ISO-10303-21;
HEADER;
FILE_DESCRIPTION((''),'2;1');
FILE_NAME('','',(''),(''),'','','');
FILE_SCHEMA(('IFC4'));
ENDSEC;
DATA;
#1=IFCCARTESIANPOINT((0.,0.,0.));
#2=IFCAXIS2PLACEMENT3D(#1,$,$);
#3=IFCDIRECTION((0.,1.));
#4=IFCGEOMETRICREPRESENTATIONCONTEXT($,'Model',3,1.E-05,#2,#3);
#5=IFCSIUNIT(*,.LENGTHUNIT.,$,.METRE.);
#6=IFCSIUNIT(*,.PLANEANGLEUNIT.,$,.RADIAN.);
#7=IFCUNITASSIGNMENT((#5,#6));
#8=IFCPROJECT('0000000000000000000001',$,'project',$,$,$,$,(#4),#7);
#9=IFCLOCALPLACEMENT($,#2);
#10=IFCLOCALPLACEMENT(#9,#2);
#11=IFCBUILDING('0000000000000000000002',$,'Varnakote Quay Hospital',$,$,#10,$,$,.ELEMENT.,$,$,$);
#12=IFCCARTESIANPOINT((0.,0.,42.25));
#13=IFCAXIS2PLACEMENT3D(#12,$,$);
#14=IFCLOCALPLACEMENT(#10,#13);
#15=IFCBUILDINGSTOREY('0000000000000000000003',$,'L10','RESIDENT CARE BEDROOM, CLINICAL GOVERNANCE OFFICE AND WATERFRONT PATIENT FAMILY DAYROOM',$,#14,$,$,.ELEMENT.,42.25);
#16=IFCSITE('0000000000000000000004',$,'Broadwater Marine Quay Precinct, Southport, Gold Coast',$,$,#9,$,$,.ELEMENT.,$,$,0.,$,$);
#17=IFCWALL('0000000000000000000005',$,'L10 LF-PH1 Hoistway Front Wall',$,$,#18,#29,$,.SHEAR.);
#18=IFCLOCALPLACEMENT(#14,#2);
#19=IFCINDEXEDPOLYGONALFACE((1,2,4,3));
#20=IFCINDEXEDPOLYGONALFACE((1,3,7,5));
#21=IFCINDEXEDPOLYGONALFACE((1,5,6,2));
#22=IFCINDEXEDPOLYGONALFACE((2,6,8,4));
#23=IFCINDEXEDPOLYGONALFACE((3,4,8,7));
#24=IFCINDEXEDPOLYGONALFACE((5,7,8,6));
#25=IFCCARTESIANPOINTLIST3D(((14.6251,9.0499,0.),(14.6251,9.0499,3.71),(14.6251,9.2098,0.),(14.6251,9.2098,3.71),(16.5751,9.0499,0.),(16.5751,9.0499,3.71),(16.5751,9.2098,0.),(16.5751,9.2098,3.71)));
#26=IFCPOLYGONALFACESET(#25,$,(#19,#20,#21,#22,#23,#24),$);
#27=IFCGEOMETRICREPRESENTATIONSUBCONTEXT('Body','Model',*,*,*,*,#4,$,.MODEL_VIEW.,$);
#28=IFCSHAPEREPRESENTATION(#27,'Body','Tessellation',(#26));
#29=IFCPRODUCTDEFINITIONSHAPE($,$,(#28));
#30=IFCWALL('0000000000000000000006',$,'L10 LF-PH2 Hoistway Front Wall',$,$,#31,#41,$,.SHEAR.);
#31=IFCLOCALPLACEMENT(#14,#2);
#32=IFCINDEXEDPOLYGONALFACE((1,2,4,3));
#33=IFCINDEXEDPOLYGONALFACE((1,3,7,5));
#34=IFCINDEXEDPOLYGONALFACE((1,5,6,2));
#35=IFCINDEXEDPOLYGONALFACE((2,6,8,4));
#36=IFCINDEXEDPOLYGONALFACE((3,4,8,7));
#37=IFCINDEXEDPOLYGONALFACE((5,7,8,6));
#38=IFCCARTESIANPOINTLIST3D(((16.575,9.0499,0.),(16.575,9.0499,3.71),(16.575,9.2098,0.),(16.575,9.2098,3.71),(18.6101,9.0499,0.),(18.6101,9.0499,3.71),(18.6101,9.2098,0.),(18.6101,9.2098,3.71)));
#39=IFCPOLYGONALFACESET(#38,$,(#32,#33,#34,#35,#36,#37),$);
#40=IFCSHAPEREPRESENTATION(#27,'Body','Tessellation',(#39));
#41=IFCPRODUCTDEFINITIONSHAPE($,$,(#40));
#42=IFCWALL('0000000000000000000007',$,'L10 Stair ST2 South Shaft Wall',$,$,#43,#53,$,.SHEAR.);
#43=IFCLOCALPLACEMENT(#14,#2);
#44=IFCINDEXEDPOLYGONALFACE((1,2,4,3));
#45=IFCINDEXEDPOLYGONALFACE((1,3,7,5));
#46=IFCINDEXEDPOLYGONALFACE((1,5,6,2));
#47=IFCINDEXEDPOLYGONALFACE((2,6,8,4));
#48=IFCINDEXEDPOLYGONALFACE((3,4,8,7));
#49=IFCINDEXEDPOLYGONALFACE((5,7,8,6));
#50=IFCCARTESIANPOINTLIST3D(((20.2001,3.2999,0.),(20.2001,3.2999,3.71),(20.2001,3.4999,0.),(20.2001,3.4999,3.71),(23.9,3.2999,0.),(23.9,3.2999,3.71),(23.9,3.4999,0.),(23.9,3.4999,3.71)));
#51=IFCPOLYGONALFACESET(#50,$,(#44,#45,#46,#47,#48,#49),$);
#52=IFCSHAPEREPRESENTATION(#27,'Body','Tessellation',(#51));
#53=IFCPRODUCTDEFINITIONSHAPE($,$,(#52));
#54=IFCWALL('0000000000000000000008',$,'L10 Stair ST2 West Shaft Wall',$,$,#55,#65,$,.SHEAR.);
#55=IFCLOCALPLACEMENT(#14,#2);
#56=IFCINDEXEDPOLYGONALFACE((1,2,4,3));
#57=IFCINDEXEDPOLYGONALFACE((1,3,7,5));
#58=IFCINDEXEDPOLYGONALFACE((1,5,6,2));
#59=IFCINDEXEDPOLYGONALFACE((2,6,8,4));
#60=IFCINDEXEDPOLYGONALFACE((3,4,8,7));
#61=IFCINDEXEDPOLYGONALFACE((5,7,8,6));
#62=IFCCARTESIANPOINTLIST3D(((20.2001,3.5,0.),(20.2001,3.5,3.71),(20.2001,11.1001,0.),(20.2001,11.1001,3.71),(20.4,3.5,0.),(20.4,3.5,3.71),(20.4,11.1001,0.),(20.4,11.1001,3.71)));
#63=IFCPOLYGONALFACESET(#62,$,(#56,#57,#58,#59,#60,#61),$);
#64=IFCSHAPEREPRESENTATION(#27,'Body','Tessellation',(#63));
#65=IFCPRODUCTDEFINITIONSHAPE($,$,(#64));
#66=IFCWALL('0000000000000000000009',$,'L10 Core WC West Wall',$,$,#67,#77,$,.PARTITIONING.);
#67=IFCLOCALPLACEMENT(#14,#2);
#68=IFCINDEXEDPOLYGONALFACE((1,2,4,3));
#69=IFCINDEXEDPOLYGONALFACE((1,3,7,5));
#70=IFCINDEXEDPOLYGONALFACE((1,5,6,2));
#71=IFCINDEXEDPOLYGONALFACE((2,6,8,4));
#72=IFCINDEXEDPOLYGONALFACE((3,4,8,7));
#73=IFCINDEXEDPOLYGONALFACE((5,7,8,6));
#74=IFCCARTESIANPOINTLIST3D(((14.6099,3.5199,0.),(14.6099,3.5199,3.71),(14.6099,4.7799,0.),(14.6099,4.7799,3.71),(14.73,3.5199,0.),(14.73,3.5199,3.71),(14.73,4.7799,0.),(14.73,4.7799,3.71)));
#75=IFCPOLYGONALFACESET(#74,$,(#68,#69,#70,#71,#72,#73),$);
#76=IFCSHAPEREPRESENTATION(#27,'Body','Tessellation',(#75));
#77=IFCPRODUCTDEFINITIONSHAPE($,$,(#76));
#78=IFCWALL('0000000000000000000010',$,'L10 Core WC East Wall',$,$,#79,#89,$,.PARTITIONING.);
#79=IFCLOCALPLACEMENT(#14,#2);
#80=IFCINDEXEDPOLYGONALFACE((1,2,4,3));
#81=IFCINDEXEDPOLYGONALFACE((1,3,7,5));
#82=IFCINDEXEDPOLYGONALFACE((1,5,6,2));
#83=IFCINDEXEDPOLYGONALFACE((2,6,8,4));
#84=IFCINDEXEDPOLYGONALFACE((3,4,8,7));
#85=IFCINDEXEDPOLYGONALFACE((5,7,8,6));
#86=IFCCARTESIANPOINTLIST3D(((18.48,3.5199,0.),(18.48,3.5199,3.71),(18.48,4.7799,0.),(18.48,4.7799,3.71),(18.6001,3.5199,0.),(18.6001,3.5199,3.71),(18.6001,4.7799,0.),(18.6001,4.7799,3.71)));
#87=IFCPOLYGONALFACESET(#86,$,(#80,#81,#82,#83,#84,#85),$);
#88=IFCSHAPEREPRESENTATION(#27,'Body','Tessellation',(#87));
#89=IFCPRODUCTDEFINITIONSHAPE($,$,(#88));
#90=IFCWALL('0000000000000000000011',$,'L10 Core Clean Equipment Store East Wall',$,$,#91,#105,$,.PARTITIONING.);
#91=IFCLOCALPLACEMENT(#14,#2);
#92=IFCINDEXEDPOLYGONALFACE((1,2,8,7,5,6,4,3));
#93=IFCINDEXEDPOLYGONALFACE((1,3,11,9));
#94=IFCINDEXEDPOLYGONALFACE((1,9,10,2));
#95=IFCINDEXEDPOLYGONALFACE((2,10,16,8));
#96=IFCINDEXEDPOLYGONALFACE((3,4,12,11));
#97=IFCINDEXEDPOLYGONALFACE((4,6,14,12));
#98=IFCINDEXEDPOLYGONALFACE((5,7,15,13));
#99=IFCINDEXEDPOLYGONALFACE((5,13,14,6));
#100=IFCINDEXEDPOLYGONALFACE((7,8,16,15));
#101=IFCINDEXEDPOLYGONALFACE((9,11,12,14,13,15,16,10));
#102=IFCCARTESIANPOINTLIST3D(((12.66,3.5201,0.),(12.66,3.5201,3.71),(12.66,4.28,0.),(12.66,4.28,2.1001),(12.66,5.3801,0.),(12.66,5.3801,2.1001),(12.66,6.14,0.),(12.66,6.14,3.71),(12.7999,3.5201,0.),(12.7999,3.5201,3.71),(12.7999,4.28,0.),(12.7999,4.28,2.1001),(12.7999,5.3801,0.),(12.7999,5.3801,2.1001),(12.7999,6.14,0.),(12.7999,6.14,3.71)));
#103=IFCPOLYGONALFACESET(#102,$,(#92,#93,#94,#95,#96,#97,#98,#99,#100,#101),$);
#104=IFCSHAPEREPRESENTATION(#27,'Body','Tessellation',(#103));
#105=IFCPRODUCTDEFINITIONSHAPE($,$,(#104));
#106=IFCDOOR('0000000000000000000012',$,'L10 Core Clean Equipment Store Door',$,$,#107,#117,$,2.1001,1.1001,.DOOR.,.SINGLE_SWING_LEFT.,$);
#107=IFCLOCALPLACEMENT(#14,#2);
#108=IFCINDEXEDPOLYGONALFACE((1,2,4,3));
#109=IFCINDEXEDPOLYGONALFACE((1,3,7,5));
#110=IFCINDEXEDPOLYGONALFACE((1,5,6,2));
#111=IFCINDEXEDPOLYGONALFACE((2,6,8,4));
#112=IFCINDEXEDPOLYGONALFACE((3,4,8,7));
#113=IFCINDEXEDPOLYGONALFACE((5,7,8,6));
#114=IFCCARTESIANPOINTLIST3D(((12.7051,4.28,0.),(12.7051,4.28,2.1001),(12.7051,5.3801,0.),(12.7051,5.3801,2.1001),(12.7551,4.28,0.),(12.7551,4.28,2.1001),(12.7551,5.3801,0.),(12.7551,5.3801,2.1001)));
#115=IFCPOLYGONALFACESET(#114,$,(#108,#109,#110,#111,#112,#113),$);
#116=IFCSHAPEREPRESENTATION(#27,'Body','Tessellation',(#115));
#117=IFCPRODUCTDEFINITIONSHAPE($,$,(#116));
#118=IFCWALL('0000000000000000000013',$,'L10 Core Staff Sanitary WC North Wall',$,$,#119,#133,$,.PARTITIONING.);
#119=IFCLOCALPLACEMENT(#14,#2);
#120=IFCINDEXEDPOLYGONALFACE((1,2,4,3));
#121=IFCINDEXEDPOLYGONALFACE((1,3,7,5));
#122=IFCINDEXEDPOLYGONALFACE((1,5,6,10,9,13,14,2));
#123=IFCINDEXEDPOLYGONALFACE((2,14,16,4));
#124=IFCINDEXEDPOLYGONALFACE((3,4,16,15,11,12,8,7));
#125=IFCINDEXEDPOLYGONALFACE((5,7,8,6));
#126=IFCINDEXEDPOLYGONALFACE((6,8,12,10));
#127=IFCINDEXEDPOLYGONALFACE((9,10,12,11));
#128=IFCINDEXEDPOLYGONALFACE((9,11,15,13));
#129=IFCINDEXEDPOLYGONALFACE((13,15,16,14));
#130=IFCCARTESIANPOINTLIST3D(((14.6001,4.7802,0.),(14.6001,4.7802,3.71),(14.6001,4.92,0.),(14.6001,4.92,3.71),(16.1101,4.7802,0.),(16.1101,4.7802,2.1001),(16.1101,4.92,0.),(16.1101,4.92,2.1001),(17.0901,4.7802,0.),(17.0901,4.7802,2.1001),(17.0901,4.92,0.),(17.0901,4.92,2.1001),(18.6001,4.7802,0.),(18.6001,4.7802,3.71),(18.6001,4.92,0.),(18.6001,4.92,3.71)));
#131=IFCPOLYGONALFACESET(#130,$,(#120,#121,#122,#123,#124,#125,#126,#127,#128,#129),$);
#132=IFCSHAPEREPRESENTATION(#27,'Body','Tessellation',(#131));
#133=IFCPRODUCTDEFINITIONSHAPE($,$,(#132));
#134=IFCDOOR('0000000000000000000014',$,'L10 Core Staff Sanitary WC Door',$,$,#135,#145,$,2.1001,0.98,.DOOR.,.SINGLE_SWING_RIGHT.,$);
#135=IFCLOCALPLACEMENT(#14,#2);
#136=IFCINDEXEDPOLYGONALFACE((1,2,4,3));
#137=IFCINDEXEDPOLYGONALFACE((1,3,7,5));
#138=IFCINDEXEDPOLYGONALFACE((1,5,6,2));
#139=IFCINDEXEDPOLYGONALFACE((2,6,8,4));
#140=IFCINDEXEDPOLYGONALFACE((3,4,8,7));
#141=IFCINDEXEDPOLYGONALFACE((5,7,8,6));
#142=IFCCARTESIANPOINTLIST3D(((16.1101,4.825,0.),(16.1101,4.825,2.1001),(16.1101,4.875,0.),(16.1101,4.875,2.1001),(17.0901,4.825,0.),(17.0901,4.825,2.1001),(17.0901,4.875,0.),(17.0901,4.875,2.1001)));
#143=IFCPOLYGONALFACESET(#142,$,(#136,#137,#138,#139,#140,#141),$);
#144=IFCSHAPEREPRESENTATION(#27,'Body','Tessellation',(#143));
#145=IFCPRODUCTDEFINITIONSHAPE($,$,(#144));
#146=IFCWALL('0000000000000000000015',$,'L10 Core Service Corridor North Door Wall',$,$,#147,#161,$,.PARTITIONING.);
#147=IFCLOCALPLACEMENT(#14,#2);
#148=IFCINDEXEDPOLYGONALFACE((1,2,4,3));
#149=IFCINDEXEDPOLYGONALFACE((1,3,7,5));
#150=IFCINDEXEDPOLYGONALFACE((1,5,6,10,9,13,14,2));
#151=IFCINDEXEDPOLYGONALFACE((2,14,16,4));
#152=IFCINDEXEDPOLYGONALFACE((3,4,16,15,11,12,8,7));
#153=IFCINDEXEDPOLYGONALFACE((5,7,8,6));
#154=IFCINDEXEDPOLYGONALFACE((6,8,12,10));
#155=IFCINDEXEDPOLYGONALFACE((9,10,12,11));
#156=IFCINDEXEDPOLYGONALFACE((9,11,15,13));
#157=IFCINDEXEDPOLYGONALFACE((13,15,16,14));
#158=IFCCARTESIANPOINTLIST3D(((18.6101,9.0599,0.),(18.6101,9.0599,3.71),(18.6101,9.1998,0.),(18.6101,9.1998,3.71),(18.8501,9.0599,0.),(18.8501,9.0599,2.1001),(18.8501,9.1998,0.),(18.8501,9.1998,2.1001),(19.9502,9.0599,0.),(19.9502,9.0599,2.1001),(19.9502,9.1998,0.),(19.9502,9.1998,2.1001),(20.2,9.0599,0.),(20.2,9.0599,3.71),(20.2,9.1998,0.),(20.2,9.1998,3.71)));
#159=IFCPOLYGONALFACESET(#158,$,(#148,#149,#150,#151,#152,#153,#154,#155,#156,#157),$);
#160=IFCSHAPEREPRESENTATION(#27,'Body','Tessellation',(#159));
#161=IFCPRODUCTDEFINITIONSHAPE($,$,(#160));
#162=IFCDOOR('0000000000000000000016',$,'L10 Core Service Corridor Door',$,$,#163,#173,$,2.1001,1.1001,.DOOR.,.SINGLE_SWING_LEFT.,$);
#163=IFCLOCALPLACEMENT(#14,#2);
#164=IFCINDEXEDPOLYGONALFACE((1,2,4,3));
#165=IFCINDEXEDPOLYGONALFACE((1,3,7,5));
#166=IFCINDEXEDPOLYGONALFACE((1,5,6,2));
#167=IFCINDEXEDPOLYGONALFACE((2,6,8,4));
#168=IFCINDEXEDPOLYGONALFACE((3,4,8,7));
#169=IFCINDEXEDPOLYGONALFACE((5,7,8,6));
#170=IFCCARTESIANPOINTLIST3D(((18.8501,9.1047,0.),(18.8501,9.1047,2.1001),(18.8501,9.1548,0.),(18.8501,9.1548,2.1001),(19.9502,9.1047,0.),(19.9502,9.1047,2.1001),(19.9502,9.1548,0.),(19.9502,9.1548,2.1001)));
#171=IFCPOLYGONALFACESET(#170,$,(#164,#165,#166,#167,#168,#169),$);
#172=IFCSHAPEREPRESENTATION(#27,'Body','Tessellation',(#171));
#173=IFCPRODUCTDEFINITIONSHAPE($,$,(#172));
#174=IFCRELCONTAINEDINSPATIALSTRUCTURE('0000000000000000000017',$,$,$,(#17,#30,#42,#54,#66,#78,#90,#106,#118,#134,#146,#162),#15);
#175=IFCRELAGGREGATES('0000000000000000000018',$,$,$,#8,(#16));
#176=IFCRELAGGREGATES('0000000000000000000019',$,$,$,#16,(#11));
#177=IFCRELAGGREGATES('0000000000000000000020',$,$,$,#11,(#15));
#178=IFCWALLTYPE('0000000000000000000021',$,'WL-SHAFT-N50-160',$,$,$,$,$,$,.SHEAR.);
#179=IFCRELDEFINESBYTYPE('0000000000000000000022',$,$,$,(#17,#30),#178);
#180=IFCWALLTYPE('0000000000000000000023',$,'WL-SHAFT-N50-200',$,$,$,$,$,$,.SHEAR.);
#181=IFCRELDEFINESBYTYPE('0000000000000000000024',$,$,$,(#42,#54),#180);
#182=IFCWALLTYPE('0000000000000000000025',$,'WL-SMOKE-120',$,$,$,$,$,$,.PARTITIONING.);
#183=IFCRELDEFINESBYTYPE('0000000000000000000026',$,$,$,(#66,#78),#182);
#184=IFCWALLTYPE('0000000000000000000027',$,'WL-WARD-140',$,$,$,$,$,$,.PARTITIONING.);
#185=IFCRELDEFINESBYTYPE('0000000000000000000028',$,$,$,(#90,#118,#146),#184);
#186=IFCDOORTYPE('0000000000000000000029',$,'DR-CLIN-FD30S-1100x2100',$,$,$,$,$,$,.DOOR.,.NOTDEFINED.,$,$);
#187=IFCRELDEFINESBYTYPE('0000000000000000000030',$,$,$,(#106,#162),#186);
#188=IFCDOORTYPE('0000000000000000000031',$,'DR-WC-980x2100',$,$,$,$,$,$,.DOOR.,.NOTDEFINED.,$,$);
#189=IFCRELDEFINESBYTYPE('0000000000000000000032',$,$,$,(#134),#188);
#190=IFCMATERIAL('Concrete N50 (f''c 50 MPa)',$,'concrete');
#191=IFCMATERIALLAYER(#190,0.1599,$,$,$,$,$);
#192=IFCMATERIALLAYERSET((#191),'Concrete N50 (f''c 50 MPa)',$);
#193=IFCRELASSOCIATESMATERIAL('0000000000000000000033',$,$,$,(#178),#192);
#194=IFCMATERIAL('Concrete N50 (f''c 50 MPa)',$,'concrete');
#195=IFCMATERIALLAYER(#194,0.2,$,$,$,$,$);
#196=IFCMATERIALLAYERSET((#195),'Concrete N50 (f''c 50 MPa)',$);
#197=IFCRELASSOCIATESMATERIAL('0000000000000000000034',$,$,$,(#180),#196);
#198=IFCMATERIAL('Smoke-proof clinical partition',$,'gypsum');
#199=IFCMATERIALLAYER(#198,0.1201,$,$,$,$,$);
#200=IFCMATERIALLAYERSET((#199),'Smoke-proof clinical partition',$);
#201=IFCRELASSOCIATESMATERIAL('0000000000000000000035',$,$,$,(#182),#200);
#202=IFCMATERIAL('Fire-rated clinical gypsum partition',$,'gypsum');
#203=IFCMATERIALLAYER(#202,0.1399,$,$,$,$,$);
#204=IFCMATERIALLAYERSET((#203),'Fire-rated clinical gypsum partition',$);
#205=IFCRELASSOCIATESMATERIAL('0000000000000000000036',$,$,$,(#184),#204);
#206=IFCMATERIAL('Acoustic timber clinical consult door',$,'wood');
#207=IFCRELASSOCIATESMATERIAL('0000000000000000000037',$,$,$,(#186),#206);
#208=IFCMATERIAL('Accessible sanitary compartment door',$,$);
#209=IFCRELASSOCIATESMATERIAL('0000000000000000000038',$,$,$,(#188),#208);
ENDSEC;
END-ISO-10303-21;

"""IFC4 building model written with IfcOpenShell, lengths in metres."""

from ifc_helpers import new_model, si_unit, direction, frame, frame_2d, origin, place, context, subcontext, project, spatial, rectangle, extrude, material, layer, layer_set, type_object, element, fill, save


model = new_model("IFC4")

# Units and contexts
model_context = context("Model", 3, precision=1e-05, world=origin(), true_north=direction((0.0, 1.0)))
body_context = subcontext(model_context, "Body", "Model", "MODEL_VIEW")
ifc_project = project(units=[si_unit("LENGTHUNIT", "METRE"), si_unit("PLANEANGLEUNIT", "RADIAN")], contexts=[model_context])

# Site, building, storey
site_placement = place(None, origin())
site = spatial("IfcSite", under=ifc_project, at=site_placement, Name="Broadwater Marine Quay Precinct, Southport, Gold Coast", CompositionType="ELEMENT", RefElevation=0.0)
building_placement = place(site_placement, origin())
building = spatial("IfcBuilding", under=site, at=building_placement, Name="Varnakote Quay Hospital", CompositionType="ELEMENT")
storey_placement = place(building_placement, frame((0.0, 0.0, 42.25)))
storey = spatial("IfcBuildingStorey", under=building, at=storey_placement, Name="L10", Description="RESIDENT CARE BEDROOM, CLINICAL GOVERNANCE OFFICE AND WATERFRONT PATIENT FAMILY DAYROOM", CompositionType="ELEMENT", Elevation=42.25)

# Walls
ifc_material_1 = material(Name="Concrete N50 (f'c 50 MPa)", Category="concrete")
ifc_layer_1 = layer(ifc_material_1, 0.1599)
ifc_layer_set_1 = layer_set([ifc_layer_1], Name="Concrete N50 (f'c 50 MPa)")
wall_type_1 = type_object("IfcWallType", Name="WL-SHAFT-N50-160", PredefinedType="SHEAR", material=ifc_layer_set_1)
wall_1_placement = place(storey_placement, frame((14.625, 9.1299, 0.0), z_axis=(0.0, 0.0, 1.0), x_axis=(1.0, 0.0, 0.0)))
element("IfcWall", 1, at=wall_1_placement, inside=storey, type_object=wall_type_1, Name="L10 LF-PH1 Hoistway Front Wall", PredefinedType="SHEAR", context=body_context, shape_type="SweptSolid", body=[
    extrude(rectangle(XDim=1.95, YDim=0.1599, at=frame_2d((0.9751, 0.0))), origin(), (0.0, 0.0, 1.0), 3.71),
])
wall_2_placement = place(storey_placement, frame((16.575, 9.1299, 0.0), z_axis=(0.0, 0.0, 1.0), x_axis=(1.0, 0.0, 0.0)))
element("IfcWall", 2, at=wall_2_placement, inside=storey, type_object=wall_type_1, Name="L10 LF-PH2 Hoistway Front Wall", PredefinedType="SHEAR", context=body_context, shape_type="SweptSolid", body=[
    extrude(rectangle(XDim=2.0352, YDim=0.1599, at=frame_2d((1.0176, 0.0))), origin(), (0.0, 0.0, 1.0), 3.71),
])
ifc_material_2 = material(Name="Concrete N50 (f'c 50 MPa)", Category="concrete")
ifc_layer_2 = layer(ifc_material_2, 0.2)
ifc_layer_set_2 = layer_set([ifc_layer_2], Name="Concrete N50 (f'c 50 MPa)")
wall_type_2 = type_object("IfcWallType", Name="WL-SHAFT-N50-200", PredefinedType="SHEAR", material=ifc_layer_set_2)
wall_3_placement = place(storey_placement, frame((20.2, 3.3999, 0.0), z_axis=(0.0, 0.0, 1.0), x_axis=(1.0, 0.0, 0.0)))
element("IfcWall", 3, at=wall_3_placement, inside=storey, type_object=wall_type_2, Name="L10 Stair ST2 South Shaft Wall", PredefinedType="SHEAR", context=body_context, shape_type="SweptSolid", body=[
    extrude(rectangle(XDim=3.7, YDim=0.2, at=frame_2d((1.8501, 0.0))), origin(), (0.0, 0.0, 1.0), 3.71),
])
wall_4_placement = place(storey_placement, frame((20.3, 3.5, 0.0), z_axis=(0.0, 0.0, 1.0), x_axis=(0.0, 1.0, 0.0)))
element("IfcWall", 4, at=wall_4_placement, inside=storey, type_object=wall_type_2, Name="L10 Stair ST2 West Shaft Wall", PredefinedType="SHEAR", context=body_context, shape_type="SweptSolid", body=[
    extrude(rectangle(XDim=7.6001, YDim=0.2, at=frame_2d((3.8, 0.0))), origin(), (0.0, 0.0, 1.0), 3.71),
])

# Walls
ifc_material_3 = material(Name="Smoke-proof clinical partition", Category="gypsum")
ifc_layer_3 = layer(ifc_material_3, 0.1201)
ifc_layer_set_3 = layer_set([ifc_layer_3], Name="Smoke-proof clinical partition")
wall_type_3 = type_object("IfcWallType", Name="WL-SMOKE-120", PredefinedType="PARTITIONING", material=ifc_layer_set_3)
for number, where, z_axis, x_axis, name in (
    (5, (14.6699, 3.52, 0.0), (0.0, 0.0, 1.0), (0.0, 1.0, 0.0), "L10 Core WC West Wall"),
    (6, (18.54, 3.52, 0.0), (0.0, 0.0, 1.0), (0.0, 1.0, 0.0), "L10 Core WC East Wall"),
):
    element("IfcWall", number, at=place(storey_placement, frame(where, z_axis=z_axis, x_axis=x_axis)), inside=storey, type_object=wall_type_3, Name=name, PredefinedType="PARTITIONING", context=body_context, shape_type="SweptSolid", body=[
        extrude(rectangle(XDim=1.26, YDim=0.1201, at=frame_2d((0.6299, 0.0))), origin(), (0.0, 0.0, 1.0), 3.71),
    ])

# Walls, openings, doors
ifc_material_4 = material(Name="Fire-rated clinical gypsum partition", Category="gypsum")
ifc_layer_4 = layer(ifc_material_4, 0.1399)
ifc_layer_set_4 = layer_set([ifc_layer_4], Name="Fire-rated clinical gypsum partition")
wall_type_4 = type_object("IfcWallType", Name="WL-WARD-140", PredefinedType="PARTITIONING", material=ifc_layer_set_4)
wall_5_placement = place(storey_placement, frame((12.73, 3.52, 0.0), z_axis=(0.0, 0.0, 1.0), x_axis=(0.0, 1.0, 0.0)))
wall_5 = element("IfcWall", 7, at=wall_5_placement, inside=storey, type_object=wall_type_4, Name="L10 Core Clean Equipment Store East Wall", PredefinedType="PARTITIONING", context=body_context, shape_type="SweptSolid", body=[
    extrude(rectangle(XDim=2.6199, YDim=0.1399, at=frame_2d((1.3101, 0.0))), origin(), (0.0, 0.0, 1.0), 3.71),
])
opening_1_placement = place(wall_5_placement, frame((0.76, 0.0, 0.0)))
opening_1 = element("IfcOpeningElement", 8, at=opening_1_placement, cuts=wall_5, PredefinedType="OPENING", context=body_context, shape_type="SweptSolid", body=[
    extrude(rectangle(XDim=1.1001, YDim=2.1001, at=frame_2d((0.55, 1.05))), frame((0.0, 0.0798, 0.0), z_axis=(0.0, -1.0, 0.0), x_axis=(1.0, 0.0, 0.0)), (0.0, 0.0, 1.0), 0.1599),
])
ifc_material_5 = material(Name="Acoustic timber clinical consult door", Category="wood")
door_type_1 = type_object("IfcDoorType", Name="DR-CLIN-FD30S-1100x2100", OperationType="NOTDEFINED", PredefinedType="DOOR", material=ifc_material_5)
door_1_placement = place(opening_1_placement, origin())
door_1 = element("IfcDoor", 9, at=door_1_placement, inside=storey, type_object=door_type_1, Name="L10 Core Clean Equipment Store Door", OperationType="SINGLE_SWING_LEFT", OverallHeight=2.1001, OverallWidth=1.1001, PredefinedType="DOOR", context=body_context, shape_type="SweptSolid", body=[
    extrude(rectangle(XDim=1.1001, YDim=2.1001, at=frame_2d((0.55, 1.05))), frame((0.0, 0.0249, 0.0), z_axis=(0.0, -1.0, 0.0), x_axis=(1.0, 0.0, 0.0)), (0.0, 0.0, 1.0), 0.05),
])
fill(opening_1, door_1)
wall_6_placement = place(storey_placement, frame((14.6001, 4.8501, 0.0), z_axis=(0.0, 0.0, 1.0), x_axis=(1.0, 0.0, 0.0)))
wall_6 = element("IfcWall", 10, at=wall_6_placement, inside=storey, type_object=wall_type_4, Name="L10 Core Staff Sanitary WC North Wall", PredefinedType="PARTITIONING", context=body_context, shape_type="SweptSolid", body=[
    extrude(rectangle(XDim=4.0, YDim=0.1399, at=frame_2d((2.0, 0.0))), origin(), (0.0, 0.0, 1.0), 3.71),
])
opening_2_placement = place(wall_6_placement, frame((1.51, 0.0, 0.0)))
opening_2 = element("IfcOpeningElement", 11, at=opening_2_placement, cuts=wall_6, PredefinedType="OPENING", context=body_context, shape_type="SweptSolid", body=[
    extrude(rectangle(XDim=0.98, YDim=2.1001, at=frame_2d((0.49, 1.05))), frame((0.0, 0.0798, 0.0), z_axis=(0.0, -1.0, 0.0), x_axis=(1.0, 0.0, 0.0)), (0.0, 0.0, 1.0), 0.1599),
])
ifc_material_6 = material(Name="Accessible sanitary compartment door")
door_type_2 = type_object("IfcDoorType", Name="DR-WC-980x2100", OperationType="NOTDEFINED", PredefinedType="DOOR", material=ifc_material_6)
door_2_placement = place(opening_2_placement, origin())
door_2 = element("IfcDoor", 12, at=door_2_placement, inside=storey, type_object=door_type_2, Name="L10 Core Staff Sanitary WC Door", OperationType="SINGLE_SWING_RIGHT", OverallHeight=2.1001, OverallWidth=0.98, PredefinedType="DOOR", context=body_context, shape_type="SweptSolid", body=[
    extrude(rectangle(XDim=0.98, YDim=2.1001, at=frame_2d((0.49, 1.05))), frame((0.0, 0.0249, 0.0), z_axis=(0.0, -1.0, 0.0), x_axis=(1.0, 0.0, 0.0)), (0.0, 0.0, 1.0), 0.05),
])
fill(opening_2, door_2)
wall_7_placement = place(storey_placement, frame((18.6101, 9.1299, 0.0), z_axis=(0.0, 0.0, 1.0), x_axis=(1.0, 0.0, 0.0)))
wall_7 = element("IfcWall", 13, at=wall_7_placement, inside=storey, type_object=wall_type_4, Name="L10 Core Service Corridor North Door Wall", PredefinedType="PARTITIONING", context=body_context, shape_type="SweptSolid", body=[
    extrude(rectangle(XDim=1.5898, YDim=0.1399, at=frame_2d((0.7949, 0.0))), origin(), (0.0, 0.0, 1.0), 3.71),
])
opening_3_placement = place(wall_7_placement, frame((0.24, 0.0, 0.0)))
opening_3 = element("IfcOpeningElement", 14, at=opening_3_placement, cuts=wall_7, PredefinedType="OPENING", context=body_context, shape_type="SweptSolid", body=[
    extrude(rectangle(XDim=1.1001, YDim=2.1001, at=frame_2d((0.55, 1.05))), frame((0.0, 0.0798, 0.0), z_axis=(0.0, -1.0, 0.0), x_axis=(1.0, 0.0, 0.0)), (0.0, 0.0, 1.0), 0.1599),
])
door_3_placement = place(opening_3_placement, origin())
door_3 = element("IfcDoor", 15, at=door_3_placement, inside=storey, type_object=door_type_1, Name="L10 Core Service Corridor Door", OperationType="SINGLE_SWING_LEFT", OverallHeight=2.1001, OverallWidth=1.1001, PredefinedType="DOOR", context=body_context, shape_type="SweptSolid", body=[
    extrude(rectangle(XDim=1.1001, YDim=2.1001, at=frame_2d((0.55, 1.05))), frame((0.0, 0.0249, 0.0), z_axis=(0.0, -1.0, 0.0), x_axis=(1.0, 0.0, 0.0)), (0.0, 0.0, 1.0), 0.05),
])
fill(opening_3, door_3)

save(model, "model.ifc")
